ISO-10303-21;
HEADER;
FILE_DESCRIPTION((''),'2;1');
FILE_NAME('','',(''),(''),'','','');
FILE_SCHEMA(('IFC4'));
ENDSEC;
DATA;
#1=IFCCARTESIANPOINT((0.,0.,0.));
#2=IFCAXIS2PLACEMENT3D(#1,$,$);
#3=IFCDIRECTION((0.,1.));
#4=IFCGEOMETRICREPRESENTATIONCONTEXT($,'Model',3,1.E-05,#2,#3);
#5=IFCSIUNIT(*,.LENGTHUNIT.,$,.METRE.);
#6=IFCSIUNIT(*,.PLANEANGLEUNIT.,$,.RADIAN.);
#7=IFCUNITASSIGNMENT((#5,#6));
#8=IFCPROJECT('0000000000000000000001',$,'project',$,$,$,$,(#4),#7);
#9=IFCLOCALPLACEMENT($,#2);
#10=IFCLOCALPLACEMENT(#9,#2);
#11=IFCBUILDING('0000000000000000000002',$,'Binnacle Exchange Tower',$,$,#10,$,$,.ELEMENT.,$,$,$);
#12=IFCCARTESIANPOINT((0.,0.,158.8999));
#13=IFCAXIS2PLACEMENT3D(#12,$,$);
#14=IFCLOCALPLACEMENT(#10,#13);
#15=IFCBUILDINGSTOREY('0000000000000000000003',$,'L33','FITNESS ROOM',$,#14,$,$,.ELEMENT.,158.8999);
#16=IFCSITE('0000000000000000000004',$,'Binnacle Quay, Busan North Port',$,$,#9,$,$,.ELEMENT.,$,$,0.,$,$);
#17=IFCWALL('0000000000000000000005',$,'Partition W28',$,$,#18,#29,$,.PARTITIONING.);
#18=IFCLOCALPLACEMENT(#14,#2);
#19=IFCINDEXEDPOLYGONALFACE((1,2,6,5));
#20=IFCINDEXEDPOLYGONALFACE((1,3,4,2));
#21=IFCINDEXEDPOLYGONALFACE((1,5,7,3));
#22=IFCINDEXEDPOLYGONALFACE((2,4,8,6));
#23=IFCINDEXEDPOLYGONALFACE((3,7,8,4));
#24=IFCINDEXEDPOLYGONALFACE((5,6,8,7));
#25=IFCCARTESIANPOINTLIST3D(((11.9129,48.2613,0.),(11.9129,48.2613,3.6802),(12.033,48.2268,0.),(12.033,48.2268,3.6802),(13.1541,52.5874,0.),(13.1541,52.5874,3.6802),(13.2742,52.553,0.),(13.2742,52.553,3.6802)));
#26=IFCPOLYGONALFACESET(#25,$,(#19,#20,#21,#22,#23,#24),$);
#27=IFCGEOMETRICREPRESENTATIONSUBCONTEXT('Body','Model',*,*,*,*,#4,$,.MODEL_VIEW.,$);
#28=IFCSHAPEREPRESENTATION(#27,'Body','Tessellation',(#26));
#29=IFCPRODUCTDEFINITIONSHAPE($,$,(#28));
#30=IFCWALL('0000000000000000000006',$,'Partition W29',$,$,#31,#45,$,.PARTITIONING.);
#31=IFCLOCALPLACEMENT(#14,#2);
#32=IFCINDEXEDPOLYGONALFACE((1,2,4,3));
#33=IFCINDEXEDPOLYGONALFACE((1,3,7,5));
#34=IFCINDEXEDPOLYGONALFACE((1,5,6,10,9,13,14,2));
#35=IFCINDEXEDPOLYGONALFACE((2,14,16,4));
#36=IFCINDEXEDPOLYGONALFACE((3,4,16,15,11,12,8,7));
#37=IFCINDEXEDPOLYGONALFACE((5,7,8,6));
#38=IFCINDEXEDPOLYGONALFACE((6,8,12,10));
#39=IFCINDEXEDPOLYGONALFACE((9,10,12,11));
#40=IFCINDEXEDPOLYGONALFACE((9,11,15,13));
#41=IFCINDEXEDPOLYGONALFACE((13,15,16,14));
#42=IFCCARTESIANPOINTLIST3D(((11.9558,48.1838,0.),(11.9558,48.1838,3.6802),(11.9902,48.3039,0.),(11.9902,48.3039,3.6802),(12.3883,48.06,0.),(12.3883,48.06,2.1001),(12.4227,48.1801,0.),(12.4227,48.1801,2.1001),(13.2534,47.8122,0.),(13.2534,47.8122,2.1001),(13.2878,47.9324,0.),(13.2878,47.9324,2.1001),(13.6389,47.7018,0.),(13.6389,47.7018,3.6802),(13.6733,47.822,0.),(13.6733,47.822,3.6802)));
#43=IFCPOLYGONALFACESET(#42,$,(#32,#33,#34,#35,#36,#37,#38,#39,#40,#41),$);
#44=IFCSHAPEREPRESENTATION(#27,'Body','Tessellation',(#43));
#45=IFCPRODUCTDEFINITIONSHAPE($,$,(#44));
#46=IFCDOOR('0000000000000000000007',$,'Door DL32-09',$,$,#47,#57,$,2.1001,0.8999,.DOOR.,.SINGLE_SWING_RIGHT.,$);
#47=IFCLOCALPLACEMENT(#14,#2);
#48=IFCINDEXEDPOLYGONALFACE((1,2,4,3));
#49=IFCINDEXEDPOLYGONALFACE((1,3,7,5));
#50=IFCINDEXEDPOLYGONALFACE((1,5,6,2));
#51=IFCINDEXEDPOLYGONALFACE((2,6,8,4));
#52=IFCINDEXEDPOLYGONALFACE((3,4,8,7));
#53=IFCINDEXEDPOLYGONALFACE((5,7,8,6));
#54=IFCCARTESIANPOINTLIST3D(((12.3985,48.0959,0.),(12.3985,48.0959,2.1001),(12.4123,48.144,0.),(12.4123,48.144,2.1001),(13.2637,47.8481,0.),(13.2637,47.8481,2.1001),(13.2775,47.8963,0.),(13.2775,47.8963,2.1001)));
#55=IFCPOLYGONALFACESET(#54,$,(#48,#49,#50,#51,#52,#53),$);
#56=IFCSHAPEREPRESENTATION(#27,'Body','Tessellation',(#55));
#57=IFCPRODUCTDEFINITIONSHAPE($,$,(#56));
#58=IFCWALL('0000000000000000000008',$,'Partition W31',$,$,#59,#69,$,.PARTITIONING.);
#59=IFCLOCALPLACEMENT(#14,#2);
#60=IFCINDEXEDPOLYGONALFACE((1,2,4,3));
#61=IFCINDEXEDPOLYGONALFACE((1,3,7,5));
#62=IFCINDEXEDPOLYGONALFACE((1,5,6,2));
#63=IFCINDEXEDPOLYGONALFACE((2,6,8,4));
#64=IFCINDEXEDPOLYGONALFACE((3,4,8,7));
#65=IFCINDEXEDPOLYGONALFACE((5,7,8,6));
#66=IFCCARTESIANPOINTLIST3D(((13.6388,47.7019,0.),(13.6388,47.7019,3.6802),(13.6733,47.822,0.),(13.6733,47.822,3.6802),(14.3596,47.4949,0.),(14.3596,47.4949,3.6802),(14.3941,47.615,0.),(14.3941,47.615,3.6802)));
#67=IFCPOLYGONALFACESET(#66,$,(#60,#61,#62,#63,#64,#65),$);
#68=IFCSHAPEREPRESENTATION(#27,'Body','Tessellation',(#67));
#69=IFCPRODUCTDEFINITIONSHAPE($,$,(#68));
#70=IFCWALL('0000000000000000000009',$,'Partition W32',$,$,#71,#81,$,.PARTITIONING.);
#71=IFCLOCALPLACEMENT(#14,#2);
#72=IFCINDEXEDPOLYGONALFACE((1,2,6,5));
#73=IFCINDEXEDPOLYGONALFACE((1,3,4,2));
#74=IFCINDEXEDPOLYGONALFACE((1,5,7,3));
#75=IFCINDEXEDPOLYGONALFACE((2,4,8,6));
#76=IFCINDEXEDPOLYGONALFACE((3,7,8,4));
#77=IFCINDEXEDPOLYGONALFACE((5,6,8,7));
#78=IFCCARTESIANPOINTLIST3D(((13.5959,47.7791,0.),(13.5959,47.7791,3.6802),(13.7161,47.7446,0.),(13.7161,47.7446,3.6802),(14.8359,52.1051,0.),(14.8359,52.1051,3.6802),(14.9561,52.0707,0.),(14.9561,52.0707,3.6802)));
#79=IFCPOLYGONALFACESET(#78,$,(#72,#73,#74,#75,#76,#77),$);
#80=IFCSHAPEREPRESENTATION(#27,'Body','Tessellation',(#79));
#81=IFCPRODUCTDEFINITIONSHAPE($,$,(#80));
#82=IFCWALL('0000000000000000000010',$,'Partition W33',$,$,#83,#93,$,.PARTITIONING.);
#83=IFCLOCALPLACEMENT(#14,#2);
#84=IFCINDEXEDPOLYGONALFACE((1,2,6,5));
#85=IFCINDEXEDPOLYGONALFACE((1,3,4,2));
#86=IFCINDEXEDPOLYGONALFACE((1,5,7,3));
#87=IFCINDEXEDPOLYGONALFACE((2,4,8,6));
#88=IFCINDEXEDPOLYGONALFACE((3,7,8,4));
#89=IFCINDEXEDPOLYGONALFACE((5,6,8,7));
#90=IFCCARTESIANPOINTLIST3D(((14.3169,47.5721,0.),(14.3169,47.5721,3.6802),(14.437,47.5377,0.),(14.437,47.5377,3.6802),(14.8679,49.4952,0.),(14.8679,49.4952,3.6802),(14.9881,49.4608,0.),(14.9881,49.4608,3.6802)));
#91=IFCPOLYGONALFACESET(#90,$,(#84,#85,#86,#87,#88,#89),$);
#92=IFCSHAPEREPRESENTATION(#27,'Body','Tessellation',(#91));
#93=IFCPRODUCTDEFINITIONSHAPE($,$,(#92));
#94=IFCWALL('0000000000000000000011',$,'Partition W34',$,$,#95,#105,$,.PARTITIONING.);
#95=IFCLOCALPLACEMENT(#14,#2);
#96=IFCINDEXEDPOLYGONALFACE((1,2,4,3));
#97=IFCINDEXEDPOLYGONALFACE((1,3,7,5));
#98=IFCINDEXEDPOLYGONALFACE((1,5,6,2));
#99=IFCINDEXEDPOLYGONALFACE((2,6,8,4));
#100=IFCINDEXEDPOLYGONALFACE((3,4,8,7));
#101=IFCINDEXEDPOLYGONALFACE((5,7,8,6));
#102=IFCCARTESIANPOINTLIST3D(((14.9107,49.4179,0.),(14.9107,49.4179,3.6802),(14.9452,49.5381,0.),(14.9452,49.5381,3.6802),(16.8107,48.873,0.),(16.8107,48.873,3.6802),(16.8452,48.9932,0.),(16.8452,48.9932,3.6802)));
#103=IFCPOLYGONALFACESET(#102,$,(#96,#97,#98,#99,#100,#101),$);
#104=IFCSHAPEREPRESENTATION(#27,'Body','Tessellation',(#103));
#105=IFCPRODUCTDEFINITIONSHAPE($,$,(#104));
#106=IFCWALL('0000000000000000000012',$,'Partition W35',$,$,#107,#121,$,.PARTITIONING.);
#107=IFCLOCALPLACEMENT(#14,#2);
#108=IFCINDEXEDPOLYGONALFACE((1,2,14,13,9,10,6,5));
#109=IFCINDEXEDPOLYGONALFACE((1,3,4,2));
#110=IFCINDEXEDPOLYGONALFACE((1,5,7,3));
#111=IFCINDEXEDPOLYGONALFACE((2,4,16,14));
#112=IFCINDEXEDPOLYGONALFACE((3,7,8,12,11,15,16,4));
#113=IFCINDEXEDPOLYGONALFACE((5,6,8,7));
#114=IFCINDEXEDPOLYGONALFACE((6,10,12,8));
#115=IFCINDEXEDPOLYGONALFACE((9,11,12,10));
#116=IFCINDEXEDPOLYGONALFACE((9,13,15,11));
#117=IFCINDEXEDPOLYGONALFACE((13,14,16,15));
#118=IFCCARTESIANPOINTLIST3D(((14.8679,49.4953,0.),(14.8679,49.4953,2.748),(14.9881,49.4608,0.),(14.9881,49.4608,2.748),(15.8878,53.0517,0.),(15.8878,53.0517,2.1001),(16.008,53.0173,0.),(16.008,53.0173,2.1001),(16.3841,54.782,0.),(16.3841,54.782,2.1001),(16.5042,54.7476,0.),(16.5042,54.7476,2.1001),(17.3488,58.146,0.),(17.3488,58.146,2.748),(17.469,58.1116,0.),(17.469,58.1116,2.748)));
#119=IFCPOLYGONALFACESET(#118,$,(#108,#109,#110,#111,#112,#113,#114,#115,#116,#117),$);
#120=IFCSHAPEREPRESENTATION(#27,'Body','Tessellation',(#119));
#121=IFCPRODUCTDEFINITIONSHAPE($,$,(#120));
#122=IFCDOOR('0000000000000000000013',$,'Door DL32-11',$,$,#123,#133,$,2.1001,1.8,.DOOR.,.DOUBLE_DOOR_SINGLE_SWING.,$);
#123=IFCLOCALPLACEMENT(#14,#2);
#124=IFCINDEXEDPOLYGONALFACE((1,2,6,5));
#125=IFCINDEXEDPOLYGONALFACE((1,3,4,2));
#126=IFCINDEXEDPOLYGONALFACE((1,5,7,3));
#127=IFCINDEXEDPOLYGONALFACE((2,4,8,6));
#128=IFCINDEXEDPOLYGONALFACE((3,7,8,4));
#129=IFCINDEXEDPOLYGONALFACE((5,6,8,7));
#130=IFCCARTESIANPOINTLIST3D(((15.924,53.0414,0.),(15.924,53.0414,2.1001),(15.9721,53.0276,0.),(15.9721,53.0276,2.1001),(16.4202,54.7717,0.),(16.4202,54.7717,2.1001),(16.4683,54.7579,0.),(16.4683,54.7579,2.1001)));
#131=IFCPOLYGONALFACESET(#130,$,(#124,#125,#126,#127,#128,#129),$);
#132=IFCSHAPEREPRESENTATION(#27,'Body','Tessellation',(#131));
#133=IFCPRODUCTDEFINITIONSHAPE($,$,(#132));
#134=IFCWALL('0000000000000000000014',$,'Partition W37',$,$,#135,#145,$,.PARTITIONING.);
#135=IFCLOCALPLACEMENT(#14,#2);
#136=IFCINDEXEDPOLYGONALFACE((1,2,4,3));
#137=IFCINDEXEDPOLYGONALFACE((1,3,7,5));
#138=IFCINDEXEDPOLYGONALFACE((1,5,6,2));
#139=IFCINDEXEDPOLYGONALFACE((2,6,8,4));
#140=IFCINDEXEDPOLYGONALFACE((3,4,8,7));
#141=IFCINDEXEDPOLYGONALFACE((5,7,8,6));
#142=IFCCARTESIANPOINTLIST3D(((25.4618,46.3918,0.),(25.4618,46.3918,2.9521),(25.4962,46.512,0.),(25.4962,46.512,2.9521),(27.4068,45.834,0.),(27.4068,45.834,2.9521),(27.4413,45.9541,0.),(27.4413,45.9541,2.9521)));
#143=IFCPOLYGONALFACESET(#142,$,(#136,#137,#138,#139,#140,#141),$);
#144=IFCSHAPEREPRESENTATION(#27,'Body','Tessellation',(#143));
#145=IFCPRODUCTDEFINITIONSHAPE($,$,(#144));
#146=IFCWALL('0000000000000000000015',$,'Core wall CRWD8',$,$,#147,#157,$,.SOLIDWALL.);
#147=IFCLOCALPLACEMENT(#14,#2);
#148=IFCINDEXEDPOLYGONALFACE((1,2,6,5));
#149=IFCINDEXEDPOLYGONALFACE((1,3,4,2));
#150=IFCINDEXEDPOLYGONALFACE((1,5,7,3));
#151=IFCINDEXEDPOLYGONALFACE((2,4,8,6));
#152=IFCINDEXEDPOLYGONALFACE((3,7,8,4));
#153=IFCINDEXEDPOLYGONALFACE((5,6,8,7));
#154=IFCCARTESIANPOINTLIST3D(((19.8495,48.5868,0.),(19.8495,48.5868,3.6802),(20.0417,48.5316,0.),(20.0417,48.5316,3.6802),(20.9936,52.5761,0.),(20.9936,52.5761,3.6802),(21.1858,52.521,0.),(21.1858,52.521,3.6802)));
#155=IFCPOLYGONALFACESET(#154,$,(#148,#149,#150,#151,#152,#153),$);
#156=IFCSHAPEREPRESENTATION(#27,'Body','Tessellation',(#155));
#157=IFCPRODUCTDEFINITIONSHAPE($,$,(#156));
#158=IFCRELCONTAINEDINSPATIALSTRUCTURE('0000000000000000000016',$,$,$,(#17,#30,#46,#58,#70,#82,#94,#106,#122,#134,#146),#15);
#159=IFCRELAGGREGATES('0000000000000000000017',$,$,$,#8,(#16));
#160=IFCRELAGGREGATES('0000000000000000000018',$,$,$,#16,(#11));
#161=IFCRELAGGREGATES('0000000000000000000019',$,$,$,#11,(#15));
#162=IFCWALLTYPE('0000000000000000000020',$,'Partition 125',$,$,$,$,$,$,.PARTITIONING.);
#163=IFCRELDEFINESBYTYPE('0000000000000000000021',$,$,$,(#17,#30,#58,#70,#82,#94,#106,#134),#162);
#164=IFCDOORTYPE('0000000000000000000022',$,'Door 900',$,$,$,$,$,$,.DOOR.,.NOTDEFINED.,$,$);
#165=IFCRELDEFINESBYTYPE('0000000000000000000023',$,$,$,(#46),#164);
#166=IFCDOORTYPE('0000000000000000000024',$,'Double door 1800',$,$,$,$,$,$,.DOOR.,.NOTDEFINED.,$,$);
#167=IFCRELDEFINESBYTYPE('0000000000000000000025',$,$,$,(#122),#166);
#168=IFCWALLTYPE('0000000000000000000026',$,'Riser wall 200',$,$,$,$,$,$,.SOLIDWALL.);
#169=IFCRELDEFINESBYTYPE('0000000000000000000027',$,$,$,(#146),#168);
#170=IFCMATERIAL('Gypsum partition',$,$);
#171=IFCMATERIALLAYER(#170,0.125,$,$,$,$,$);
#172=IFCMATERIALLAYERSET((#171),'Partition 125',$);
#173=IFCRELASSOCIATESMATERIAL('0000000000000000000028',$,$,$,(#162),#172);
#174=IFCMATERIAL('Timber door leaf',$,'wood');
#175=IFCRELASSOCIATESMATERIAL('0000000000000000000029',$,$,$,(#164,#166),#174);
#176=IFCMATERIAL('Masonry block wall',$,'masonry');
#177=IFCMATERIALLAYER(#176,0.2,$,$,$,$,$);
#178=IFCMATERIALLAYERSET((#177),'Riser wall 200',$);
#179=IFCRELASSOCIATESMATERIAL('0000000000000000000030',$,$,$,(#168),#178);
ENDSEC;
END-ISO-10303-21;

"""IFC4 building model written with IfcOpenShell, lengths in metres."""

from ifc_helpers import new_model, si_unit, direction, frame, frame_2d, origin, place, context, subcontext, project, spatial, rectangle, extrude, material, layer, layer_set, type_object, element, fill, save


model = new_model("IFC4")

# Units and contexts
model_context = context("Model", 3, precision=1e-05, world=origin(), true_north=direction((0.0, 1.0)))
body_context = subcontext(model_context, "Body", "Model", "MODEL_VIEW")
ifc_project = project(units=[si_unit("LENGTHUNIT", "METRE"), si_unit("PLANEANGLEUNIT", "RADIAN")], contexts=[model_context])

# Site, building, storey
site_placement = place(None, origin())
site = spatial("IfcSite", under=ifc_project, at=site_placement, Name="Binnacle Quay, Busan North Port", CompositionType="ELEMENT", RefElevation=0.0)
building_placement = place(site_placement, origin())
building = spatial("IfcBuilding", under=site, at=building_placement, Name="Binnacle Exchange Tower", CompositionType="ELEMENT")
storey_placement = place(building_placement, frame((0.0, 0.0, 158.8999)))
storey = spatial("IfcBuildingStorey", under=building, at=storey_placement, Name="L33", Description="FITNESS ROOM", CompositionType="ELEMENT", Elevation=158.8999)

# Wall
ifc_material_1 = material(Name="Gypsum partition")
ifc_layer_1 = layer(ifc_material_1, 0.125)
ifc_layer_set_1 = layer_set([ifc_layer_1], Name="Partition 125")
wall_type_1 = type_object("IfcWallType", Name="Partition 125", PredefinedType="PARTITIONING", material=ifc_layer_set_1)
wall_1_placement = place(storey_placement, frame((11.9729, 48.2439, 0.0), z_axis=(0.0, 0.0, 1.0), x_axis=(0.275781, 0.96122, 0.0)))
element("IfcWall", 1, at=wall_1_placement, inside=storey, type_object=wall_type_1, Name="Partition W28", PredefinedType="PARTITIONING", context=body_context, shape_type="SweptSolid", body=[
    extrude(rectangle(XDim=4.5007, YDim=0.125, at=frame_2d((2.2505, 0.0))), origin(), (0.0, 0.0, 1.0), 3.6802),
])

# Wall, opening, door
wall_2_placement = place(storey_placement, frame((11.9729, 48.2439, 0.0), z_axis=(0.0, 0.0, 1.0), x_axis=(0.961366, -0.275274, 0.0)))
wall_2 = element("IfcWall", 2, at=wall_2_placement, inside=storey, type_object=wall_type_1, Name="Partition W29", PredefinedType="PARTITIONING", context=body_context, shape_type="SweptSolid", body=[
    extrude(rectangle(XDim=1.7507, YDim=0.125, at=frame_2d((0.8755, 0.0))), origin(), (0.0, 0.0, 1.0), 3.6802),
])
opening_1_placement = place(wall_2_placement, frame((0.45, 0.0, 0.0)))
opening_1 = element("IfcOpeningElement", 3, at=opening_1_placement, cuts=wall_2, PredefinedType="OPENING", context=body_context, shape_type="SweptSolid", body=[
    extrude(rectangle(XDim=0.8999, YDim=2.1001, at=frame_2d((0.45, 1.05))), frame((0.0, 0.0725, 0.0), z_axis=(0.0, -1.0, 0.0), x_axis=(1.0, 0.0, 0.0)), (0.0, 0.0, 1.0), 0.145),
])
ifc_material_2 = material(Name="Timber door leaf", Category="wood")
door_type_1 = type_object("IfcDoorType", Name="Door 900", OperationType="NOTDEFINED", PredefinedType="DOOR", material=ifc_material_2)
door_1_placement = place(opening_1_placement, origin())
door_1 = element("IfcDoor", 4, at=door_1_placement, inside=storey, type_object=door_type_1, Name="Door DL32-09", OperationType="SINGLE_SWING_RIGHT", OverallHeight=2.1001, OverallWidth=0.8999, PredefinedType="DOOR", context=body_context, shape_type="SweptSolid", body=[
    extrude(rectangle(XDim=0.8999, YDim=2.1001, at=frame_2d((0.45, 1.05))), frame((0.0, 0.0249, 0.0), z_axis=(0.0, -1.0, 0.0), x_axis=(1.0, 0.0, 0.0)), (0.0, 0.0, 1.0), 0.05),
])
fill(opening_1, door_1)

# Walls
wall_3_placement = place(storey_placement, frame((13.656, 47.762, 0.0), z_axis=(0.0, 0.0, 1.0), x_axis=(0.961155, -0.276011, 0.0)))
element("IfcWall", 5, at=wall_3_placement, inside=storey, type_object=wall_type_1, Name="Partition W31", PredefinedType="PARTITIONING", context=body_context, shape_type="SweptSolid", body=[
    extrude(rectangle(XDim=0.75, YDim=0.125, at=frame_2d((0.375, 0.0))), origin(), (0.0, 0.0, 1.0), 3.6802),
])
wall_4_placement = place(storey_placement, frame((13.656, 47.762, 0.0), z_axis=(0.0, 0.0, 1.0), x_axis=(0.275545, 0.961288, 0.0)))
element("IfcWall", 6, at=wall_4_placement, inside=storey, type_object=wall_type_1, Name="Partition W32", PredefinedType="PARTITIONING", context=body_context, shape_type="SweptSolid", body=[
    extrude(rectangle(XDim=4.5002, YDim=0.125, at=frame_2d((2.25, 0.0))), origin(), (0.0, 0.0, 1.0), 3.6802),
])
wall_5_placement = place(storey_placement, frame((14.377, 47.5549, 0.0), z_axis=(0.0, 0.0, 1.0), x_axis=(0.275446, 0.961316, 0.0)))
element("IfcWall", 7, at=wall_5_placement, inside=storey, type_object=wall_type_1, Name="Partition W33", PredefinedType="PARTITIONING", context=body_context, shape_type="SweptSolid", body=[
    extrude(rectangle(XDim=2.0005, YDim=0.125, at=frame_2d((1.0002, 0.0))), origin(), (0.0, 0.0, 1.0), 3.6802),
])
wall_6_placement = place(storey_placement, frame((14.928, 49.478, 0.0), z_axis=(0.0, 0.0, 1.0), x_axis=(0.961244, -0.2757, 0.0)))
element("IfcWall", 8, at=wall_6_placement, inside=storey, type_object=wall_type_1, Name="Partition W34", PredefinedType="PARTITIONING", context=body_context, shape_type="SweptSolid", body=[
    extrude(rectangle(XDim=1.9766, YDim=0.125, at=frame_2d((0.9883, 0.0))), origin(), (0.0, 0.0, 1.0), 3.6802),
])

# Wall, opening, door
wall_7_placement = place(storey_placement, frame((14.928, 49.478, 0.0), z_axis=(0.0, 0.0, 1.0), x_axis=(0.275674, 0.961251, 0.0)))
wall_7 = element("IfcWall", 9, at=wall_7_placement, inside=storey, type_object=wall_type_1, Name="Partition W35", PredefinedType="PARTITIONING", context=body_context, shape_type="SweptSolid", body=[
    extrude(rectangle(XDim=8.9995, YDim=0.125, at=frame_2d((4.4998, 0.0))), origin(), (0.0, 0.0, 1.0), 2.748),
])
opening_2_placement = place(wall_7_placement, frame((3.7, 0.0, 0.0)))
opening_2 = element("IfcOpeningElement", 10, at=opening_2_placement, cuts=wall_7, PredefinedType="OPENING", context=body_context, shape_type="SweptSolid", body=[
    extrude(rectangle(XDim=1.8, YDim=2.1001, at=frame_2d((0.8999, 1.05))), frame((0.0, 0.0725, 0.0), z_axis=(0.0, -1.0, 0.0), x_axis=(1.0, 0.0, 0.0)), (0.0, 0.0, 1.0), 0.145),
])
door_type_2 = type_object("IfcDoorType", Name="Double door 1800", OperationType="NOTDEFINED", PredefinedType="DOOR", material=ifc_material_2)
door_2_placement = place(opening_2_placement, origin())
door_2 = element("IfcDoor", 11, at=door_2_placement, inside=storey, type_object=door_type_2, Name="Door DL32-11", OperationType="DOUBLE_DOOR_SINGLE_SWING", OverallHeight=2.1001, OverallWidth=1.8, PredefinedType="DOOR", context=body_context, shape_type="SweptSolid", body=[
    extrude(rectangle(XDim=1.8, YDim=2.1001, at=frame_2d((0.8999, 1.05))), frame((0.0, 0.0249, 0.0), z_axis=(0.0, -1.0, 0.0), x_axis=(1.0, 0.0, 0.0)), (0.0, 0.0, 1.0), 0.05),
])
fill(opening_2, door_2)

# Walls
wall_8_placement = place(storey_placement, frame((25.479, 46.4519, 0.0), z_axis=(0.0, 0.0, 1.0), x_axis=(0.961246, -0.275693, 0.0)))
element("IfcWall", 12, at=wall_8_placement, inside=storey, type_object=wall_type_1, Name="Partition W37", PredefinedType="PARTITIONING", context=body_context, shape_type="SweptSolid", body=[
    extrude(rectangle(XDim=2.0234, YDim=0.125, at=frame_2d((1.0117, 0.0))), origin(), (0.0, 0.0, 1.0), 2.9521),
])
ifc_material_3 = material(Name="Masonry block wall", Category="masonry")
ifc_layer_2 = layer(ifc_material_3, 0.2)
ifc_layer_set_2 = layer_set([ifc_layer_2], Name="Riser wall 200")
wall_type_2 = type_object("IfcWallType", Name="Riser wall 200", PredefinedType="SOLIDWALL", material=ifc_layer_set_2)
wall_9_placement = place(storey_placement, frame((19.9456, 48.5591, 0.0), z_axis=(0.0, 0.0, 1.0), x_axis=(0.275669, 0.961253, 0.0)))
element("IfcWall", 13, at=wall_9_placement, inside=storey, type_object=wall_type_2, Name="Core wall CRWD8", PredefinedType="SOLIDWALL", context=body_context, shape_type="SweptSolid", body=[
    extrude(rectangle(XDim=4.1501, YDim=0.2, at=frame_2d((2.0752, 0.0))), origin(), (0.0, 0.0, 1.0), 3.6802),
])

save(model, "model.ifc")
